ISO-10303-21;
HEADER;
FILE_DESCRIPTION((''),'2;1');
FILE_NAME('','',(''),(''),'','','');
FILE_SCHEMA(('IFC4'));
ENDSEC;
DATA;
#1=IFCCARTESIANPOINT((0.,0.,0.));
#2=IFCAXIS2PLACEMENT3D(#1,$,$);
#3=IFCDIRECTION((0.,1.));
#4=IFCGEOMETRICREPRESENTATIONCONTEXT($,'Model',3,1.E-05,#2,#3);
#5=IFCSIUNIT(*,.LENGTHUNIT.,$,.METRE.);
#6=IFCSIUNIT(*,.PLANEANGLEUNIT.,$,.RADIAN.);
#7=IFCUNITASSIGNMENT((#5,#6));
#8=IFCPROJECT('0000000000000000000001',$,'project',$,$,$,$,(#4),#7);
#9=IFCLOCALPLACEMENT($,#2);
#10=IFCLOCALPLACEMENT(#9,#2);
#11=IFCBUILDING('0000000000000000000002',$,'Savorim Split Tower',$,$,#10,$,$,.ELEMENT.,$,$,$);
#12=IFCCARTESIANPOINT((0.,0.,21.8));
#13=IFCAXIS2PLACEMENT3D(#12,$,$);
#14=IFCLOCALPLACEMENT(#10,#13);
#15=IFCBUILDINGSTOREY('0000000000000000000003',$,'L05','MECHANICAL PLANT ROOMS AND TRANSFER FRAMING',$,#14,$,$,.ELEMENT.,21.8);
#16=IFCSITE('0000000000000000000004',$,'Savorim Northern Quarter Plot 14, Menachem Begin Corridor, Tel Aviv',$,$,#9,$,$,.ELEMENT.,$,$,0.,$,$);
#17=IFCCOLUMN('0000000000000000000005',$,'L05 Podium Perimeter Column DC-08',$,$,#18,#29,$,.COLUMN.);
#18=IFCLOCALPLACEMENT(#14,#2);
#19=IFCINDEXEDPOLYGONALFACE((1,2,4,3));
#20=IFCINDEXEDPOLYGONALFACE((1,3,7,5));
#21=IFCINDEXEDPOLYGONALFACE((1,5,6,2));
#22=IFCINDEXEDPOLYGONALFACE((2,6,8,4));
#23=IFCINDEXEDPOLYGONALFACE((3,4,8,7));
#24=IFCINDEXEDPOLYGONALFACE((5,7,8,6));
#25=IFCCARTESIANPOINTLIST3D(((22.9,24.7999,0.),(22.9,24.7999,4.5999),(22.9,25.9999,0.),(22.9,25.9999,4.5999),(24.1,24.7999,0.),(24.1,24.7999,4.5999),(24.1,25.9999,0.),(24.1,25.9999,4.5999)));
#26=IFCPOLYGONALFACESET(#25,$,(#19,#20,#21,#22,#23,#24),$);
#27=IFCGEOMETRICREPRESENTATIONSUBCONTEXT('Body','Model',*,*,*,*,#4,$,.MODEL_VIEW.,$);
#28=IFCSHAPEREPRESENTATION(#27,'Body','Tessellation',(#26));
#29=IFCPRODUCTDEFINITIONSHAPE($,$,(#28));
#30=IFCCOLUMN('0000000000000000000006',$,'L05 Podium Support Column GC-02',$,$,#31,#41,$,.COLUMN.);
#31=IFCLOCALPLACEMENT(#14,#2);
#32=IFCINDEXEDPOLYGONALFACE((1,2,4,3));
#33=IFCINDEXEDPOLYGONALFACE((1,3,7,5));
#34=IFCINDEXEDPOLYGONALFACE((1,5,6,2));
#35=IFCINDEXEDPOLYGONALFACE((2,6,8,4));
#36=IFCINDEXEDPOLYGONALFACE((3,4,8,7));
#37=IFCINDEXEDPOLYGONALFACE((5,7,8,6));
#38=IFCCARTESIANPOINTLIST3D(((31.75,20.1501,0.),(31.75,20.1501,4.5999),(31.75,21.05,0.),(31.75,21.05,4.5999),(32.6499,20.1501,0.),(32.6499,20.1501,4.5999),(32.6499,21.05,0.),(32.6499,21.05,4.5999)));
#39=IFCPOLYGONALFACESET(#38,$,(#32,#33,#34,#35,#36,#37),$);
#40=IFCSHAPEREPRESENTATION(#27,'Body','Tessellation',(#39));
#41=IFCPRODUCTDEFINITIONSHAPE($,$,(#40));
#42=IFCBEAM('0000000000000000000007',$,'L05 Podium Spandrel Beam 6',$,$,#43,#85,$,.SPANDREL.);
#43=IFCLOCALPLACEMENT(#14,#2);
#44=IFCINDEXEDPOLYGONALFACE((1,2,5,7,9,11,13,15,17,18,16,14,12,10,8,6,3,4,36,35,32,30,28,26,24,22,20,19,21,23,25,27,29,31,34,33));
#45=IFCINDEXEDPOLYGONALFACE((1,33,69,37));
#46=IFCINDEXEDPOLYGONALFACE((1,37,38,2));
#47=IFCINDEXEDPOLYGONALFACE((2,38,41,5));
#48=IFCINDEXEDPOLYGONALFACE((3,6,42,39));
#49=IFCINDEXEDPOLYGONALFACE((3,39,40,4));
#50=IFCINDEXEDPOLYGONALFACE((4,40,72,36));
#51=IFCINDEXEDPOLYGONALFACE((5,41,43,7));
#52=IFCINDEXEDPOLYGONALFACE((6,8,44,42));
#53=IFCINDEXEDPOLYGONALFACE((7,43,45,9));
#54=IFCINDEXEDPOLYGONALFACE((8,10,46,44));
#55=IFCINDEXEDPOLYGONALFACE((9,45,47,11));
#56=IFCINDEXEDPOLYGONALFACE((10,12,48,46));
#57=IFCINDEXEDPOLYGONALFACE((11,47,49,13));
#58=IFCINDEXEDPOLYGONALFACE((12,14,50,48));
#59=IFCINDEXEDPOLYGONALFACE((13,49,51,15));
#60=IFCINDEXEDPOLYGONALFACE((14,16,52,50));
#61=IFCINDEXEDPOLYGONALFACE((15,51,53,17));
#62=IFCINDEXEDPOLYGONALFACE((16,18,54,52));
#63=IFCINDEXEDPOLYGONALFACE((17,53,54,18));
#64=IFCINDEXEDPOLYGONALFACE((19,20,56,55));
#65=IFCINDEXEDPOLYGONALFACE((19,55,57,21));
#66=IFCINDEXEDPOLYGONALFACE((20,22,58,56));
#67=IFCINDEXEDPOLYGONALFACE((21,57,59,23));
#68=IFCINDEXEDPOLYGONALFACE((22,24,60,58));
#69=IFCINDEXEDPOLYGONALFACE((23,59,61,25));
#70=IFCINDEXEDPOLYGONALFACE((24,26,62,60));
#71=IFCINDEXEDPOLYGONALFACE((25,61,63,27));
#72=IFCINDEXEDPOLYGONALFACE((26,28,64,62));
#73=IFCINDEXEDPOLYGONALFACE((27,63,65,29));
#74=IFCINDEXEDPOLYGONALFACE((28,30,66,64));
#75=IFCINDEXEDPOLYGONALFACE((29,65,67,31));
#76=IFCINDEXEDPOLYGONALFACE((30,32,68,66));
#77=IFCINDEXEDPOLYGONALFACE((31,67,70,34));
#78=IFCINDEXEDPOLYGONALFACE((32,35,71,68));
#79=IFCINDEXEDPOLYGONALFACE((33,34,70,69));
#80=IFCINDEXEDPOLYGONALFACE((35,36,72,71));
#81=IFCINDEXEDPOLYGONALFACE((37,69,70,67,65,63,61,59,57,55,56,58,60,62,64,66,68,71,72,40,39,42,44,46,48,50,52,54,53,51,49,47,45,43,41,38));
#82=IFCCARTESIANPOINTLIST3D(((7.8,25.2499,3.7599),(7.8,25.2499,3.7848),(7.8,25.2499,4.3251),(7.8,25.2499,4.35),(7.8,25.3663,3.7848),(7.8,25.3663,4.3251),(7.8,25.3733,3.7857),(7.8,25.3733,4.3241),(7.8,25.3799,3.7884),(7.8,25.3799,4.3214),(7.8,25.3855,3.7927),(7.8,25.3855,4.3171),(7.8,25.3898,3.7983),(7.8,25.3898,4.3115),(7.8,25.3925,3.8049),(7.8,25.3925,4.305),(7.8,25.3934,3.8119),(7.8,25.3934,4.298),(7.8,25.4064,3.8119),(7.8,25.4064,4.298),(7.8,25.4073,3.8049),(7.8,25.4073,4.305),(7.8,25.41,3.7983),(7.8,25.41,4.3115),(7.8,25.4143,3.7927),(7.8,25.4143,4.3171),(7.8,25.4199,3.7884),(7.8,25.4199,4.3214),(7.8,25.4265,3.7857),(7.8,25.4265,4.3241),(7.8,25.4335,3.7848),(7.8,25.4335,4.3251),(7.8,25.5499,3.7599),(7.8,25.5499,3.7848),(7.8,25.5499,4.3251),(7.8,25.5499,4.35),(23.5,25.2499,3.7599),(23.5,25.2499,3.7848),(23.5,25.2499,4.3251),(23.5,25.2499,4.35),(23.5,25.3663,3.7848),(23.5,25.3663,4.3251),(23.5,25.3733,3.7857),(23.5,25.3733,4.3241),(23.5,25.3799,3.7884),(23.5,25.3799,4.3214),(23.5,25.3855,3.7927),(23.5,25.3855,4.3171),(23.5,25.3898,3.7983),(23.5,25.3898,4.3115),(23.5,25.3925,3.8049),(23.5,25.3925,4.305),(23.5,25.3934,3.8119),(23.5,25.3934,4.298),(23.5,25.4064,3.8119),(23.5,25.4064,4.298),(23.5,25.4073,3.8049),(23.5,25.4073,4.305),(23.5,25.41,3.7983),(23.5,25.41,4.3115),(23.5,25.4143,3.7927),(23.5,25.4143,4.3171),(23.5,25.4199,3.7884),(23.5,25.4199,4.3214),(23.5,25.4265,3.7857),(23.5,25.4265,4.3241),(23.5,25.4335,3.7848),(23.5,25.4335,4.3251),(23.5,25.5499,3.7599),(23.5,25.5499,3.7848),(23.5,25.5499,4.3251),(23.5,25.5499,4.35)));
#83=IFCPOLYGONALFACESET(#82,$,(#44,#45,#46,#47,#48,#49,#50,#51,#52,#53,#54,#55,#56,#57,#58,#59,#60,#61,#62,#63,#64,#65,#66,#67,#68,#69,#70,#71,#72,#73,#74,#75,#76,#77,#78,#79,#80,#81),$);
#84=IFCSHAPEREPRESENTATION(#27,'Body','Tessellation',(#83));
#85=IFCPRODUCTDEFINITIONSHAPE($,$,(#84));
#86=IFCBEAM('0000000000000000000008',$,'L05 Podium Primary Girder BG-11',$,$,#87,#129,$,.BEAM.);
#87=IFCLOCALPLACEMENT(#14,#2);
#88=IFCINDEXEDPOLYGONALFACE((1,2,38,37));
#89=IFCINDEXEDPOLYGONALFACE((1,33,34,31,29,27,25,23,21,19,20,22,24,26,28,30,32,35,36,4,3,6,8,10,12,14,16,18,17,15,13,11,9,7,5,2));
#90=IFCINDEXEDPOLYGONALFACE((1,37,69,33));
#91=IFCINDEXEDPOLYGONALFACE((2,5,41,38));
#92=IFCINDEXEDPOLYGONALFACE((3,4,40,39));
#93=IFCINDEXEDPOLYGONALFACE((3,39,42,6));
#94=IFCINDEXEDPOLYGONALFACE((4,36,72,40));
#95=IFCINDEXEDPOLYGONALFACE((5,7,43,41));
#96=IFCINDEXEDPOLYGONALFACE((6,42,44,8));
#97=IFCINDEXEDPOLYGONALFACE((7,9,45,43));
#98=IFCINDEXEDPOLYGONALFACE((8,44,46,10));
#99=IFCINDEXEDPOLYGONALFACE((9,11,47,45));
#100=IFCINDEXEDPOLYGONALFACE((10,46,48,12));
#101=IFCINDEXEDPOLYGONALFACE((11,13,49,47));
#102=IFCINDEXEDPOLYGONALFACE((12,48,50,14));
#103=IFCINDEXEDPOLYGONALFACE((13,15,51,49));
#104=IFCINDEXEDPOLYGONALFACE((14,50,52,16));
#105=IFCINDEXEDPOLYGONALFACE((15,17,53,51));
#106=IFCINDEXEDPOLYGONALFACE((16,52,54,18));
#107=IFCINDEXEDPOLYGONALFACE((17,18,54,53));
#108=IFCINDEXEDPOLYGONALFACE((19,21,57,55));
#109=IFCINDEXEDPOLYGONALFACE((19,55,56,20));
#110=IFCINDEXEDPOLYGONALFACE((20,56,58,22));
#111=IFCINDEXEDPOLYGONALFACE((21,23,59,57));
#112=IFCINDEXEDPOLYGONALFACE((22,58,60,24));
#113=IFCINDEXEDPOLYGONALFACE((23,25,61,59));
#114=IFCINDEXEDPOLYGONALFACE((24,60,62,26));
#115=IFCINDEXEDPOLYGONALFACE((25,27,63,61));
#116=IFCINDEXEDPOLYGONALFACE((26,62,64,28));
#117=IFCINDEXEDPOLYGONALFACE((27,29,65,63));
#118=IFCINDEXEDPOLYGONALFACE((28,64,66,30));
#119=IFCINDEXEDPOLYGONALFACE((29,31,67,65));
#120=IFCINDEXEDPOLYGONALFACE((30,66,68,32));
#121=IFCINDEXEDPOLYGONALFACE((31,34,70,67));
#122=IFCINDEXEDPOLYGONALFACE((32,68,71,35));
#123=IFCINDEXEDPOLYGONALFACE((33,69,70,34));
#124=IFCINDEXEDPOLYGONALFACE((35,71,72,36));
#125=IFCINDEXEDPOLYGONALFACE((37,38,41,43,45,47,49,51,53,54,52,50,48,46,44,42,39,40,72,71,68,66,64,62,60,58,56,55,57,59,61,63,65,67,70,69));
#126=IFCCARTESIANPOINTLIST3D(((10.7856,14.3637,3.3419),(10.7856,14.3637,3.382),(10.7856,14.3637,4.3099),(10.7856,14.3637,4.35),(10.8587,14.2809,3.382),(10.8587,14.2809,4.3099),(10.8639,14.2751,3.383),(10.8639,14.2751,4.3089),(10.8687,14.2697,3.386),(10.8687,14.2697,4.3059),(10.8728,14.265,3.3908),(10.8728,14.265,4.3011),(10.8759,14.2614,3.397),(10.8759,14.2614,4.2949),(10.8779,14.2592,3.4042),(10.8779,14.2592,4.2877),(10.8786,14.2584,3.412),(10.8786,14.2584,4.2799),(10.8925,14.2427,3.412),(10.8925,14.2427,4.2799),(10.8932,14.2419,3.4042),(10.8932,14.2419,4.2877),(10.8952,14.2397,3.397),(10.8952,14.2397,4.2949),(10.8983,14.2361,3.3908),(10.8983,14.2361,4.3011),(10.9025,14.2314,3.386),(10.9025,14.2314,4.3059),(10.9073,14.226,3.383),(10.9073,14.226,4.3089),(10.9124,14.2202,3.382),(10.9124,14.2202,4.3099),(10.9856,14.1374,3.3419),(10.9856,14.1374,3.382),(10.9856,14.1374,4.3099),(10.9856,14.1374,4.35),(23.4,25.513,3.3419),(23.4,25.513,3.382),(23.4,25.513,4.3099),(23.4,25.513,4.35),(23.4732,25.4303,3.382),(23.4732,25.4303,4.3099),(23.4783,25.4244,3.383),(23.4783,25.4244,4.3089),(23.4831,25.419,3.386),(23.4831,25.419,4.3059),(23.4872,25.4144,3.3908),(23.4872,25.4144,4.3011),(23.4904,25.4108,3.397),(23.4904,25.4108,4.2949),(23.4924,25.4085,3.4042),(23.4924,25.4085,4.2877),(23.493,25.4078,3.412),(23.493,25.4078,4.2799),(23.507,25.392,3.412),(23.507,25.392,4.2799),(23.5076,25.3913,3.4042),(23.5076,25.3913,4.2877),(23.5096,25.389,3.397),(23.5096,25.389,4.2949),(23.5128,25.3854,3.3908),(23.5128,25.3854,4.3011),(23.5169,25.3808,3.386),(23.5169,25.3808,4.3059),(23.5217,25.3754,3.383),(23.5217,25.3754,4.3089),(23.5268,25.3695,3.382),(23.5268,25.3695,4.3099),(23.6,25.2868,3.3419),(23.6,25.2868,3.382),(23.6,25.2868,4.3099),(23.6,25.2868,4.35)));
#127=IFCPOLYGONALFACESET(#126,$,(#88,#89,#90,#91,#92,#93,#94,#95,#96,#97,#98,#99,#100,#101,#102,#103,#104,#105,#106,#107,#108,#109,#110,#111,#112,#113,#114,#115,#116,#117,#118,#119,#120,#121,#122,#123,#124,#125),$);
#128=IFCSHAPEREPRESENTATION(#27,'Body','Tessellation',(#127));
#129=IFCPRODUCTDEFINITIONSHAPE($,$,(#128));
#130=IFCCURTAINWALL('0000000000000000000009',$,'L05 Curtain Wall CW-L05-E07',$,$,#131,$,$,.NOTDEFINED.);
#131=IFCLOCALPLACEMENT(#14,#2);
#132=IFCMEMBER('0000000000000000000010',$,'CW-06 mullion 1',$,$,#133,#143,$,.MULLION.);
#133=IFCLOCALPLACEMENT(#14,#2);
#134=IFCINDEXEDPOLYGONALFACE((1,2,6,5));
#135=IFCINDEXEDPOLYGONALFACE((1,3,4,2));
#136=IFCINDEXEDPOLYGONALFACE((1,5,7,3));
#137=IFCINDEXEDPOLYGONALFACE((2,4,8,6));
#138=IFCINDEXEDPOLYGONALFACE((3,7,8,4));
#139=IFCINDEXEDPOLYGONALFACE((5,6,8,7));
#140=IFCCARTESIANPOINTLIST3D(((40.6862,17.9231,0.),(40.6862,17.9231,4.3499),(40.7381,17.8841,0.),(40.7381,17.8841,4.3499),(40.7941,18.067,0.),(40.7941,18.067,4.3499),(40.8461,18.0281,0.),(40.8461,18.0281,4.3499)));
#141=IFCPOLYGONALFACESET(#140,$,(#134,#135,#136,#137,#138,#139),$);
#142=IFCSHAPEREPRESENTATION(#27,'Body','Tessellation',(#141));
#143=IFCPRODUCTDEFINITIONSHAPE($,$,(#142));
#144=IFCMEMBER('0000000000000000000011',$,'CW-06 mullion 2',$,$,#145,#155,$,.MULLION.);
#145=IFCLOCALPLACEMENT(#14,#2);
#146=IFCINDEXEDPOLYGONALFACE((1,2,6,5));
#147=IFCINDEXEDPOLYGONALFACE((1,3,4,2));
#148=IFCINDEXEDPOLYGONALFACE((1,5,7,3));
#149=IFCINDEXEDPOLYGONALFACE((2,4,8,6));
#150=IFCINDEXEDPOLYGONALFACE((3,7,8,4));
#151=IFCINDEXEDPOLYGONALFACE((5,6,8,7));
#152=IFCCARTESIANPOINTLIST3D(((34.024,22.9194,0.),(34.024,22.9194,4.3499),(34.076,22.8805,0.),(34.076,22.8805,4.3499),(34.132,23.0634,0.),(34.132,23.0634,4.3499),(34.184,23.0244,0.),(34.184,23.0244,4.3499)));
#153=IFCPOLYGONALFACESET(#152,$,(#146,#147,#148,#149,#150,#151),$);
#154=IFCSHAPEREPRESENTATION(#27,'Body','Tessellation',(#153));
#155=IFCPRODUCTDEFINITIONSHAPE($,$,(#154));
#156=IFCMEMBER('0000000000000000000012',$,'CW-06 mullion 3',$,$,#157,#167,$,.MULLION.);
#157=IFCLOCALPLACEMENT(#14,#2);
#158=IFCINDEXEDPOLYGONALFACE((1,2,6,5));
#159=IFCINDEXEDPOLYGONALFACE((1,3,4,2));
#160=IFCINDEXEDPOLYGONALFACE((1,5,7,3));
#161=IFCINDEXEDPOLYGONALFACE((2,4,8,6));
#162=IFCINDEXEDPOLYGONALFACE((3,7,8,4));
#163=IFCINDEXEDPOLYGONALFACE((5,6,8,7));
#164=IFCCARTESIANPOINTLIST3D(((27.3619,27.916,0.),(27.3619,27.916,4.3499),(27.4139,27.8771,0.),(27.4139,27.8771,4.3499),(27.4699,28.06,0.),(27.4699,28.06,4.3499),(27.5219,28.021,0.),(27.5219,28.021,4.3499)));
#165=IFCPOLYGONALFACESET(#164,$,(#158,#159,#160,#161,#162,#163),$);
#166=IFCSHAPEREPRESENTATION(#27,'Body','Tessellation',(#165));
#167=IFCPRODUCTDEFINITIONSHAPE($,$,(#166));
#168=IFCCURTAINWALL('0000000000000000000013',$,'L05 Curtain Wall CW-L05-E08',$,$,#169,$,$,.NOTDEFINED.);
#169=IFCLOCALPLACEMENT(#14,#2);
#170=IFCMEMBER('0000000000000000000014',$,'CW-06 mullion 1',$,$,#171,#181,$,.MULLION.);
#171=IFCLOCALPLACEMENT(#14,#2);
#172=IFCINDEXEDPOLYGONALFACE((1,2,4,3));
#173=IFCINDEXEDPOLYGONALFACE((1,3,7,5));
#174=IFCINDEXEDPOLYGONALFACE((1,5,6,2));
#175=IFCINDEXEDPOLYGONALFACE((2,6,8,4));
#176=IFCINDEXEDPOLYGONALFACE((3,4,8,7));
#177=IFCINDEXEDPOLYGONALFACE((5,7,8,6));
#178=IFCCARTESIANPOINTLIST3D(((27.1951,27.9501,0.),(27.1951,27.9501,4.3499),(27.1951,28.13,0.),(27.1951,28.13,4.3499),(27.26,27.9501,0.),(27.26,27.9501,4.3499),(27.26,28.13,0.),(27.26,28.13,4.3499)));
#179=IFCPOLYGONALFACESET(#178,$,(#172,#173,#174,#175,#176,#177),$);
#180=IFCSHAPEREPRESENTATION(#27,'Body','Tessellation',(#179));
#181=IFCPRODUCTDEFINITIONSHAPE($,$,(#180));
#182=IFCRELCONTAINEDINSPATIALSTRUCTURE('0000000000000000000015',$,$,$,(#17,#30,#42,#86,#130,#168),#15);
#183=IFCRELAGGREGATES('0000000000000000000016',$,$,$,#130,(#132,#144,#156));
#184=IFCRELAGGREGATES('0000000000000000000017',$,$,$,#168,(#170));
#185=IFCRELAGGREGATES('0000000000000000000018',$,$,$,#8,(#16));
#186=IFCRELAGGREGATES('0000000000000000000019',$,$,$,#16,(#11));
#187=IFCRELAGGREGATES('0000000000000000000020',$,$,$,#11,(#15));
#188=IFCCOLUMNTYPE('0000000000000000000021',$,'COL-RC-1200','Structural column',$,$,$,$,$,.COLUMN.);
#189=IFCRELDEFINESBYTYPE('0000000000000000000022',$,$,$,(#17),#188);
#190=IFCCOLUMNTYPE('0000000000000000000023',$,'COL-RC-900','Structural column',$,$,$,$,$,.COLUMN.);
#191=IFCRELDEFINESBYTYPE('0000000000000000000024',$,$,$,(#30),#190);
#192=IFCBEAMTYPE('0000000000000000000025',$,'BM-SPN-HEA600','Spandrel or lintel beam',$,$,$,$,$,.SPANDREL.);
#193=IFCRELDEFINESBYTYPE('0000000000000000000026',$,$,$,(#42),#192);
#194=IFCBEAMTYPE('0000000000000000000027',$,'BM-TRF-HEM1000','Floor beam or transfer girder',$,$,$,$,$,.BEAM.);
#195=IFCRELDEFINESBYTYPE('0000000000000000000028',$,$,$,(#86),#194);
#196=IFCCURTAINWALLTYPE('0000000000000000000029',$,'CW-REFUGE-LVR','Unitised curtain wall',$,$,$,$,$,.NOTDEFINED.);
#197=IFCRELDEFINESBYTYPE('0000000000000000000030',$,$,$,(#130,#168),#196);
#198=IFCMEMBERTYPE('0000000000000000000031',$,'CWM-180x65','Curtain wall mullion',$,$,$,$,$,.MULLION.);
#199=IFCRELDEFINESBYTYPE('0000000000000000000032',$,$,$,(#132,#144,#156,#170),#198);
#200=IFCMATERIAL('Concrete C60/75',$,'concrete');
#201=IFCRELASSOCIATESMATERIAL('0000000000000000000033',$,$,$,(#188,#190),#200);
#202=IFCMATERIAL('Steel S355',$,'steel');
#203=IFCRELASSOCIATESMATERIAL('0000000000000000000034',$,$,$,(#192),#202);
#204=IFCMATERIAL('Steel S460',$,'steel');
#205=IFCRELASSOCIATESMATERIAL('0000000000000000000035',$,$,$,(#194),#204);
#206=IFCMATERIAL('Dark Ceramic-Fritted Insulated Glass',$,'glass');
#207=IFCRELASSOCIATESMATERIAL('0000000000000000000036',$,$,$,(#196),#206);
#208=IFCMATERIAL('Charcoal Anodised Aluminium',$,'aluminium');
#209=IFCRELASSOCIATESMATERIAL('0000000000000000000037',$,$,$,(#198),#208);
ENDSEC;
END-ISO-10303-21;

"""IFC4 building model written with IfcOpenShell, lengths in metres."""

from ifc_helpers import new_model, si_unit, direction, frame, origin, origin_2d, place, context, subcontext, project, spatial, rectangle, i_section, extrude, material, material_profile, profile_set, type_object, element, aggregate, save


model = new_model("IFC4")

# Units and contexts
model_context = context("Model", 3, precision=1e-05, world=origin(), true_north=direction((0.0, 1.0)))
body_context = subcontext(model_context, "Body", "Model", "MODEL_VIEW")
ifc_project = project(units=[si_unit("LENGTHUNIT", "METRE"), si_unit("PLANEANGLEUNIT", "RADIAN")], contexts=[model_context])

# Site, building, storey
site_placement = place(None, origin())
site = spatial("IfcSite", under=ifc_project, at=site_placement, Name="Savorim Northern Quarter Plot 14, Menachem Begin Corridor, Tel Aviv", CompositionType="ELEMENT", RefElevation=0.0)
building_placement = place(site_placement, origin())
building = spatial("IfcBuilding", under=site, at=building_placement, Name="Savorim Split Tower", CompositionType="ELEMENT")
storey_placement = place(building_placement, frame((0.0, 0.0, 21.8)))
storey = spatial("IfcBuildingStorey", under=building, at=storey_placement, Name="L05", Description="MECHANICAL PLANT ROOMS AND TRANSFER FRAMING", CompositionType="ELEMENT", Elevation=21.8)

# Columns
ifc_material_1 = material(Name="Concrete C60/75", Category="concrete")
ifc_material_profile_1 = material_profile(ifc_material_1, rectangle(XDim=1.2, YDim=1.2, at=origin_2d()), Name="RC 1200x1200")
ifc_profile_set_1 = profile_set([ifc_material_profile_1], Name="Concrete C60/75")
column_type_1 = type_object("IfcColumnType", Name="COL-RC-1200", Description="Structural column", PredefinedType="COLUMN", material=ifc_profile_set_1)
column_1_placement = place(storey_placement, frame((23.5, 25.3999, 0.0), z_axis=(0.0, 0.0, 1.0), x_axis=(1.0, 0.0, 0.0)))
element("IfcColumn", 1, at=column_1_placement, inside=storey, type_object=column_type_1, Name="L05 Podium Perimeter Column DC-08", PredefinedType="COLUMN", context=body_context, shape_type="SweptSolid", body=[
    extrude(rectangle(XDim=1.2, YDim=1.2, at=origin_2d()), origin(), (0.0, 0.0, 1.0), 4.5999),
])
ifc_material_profile_2 = material_profile(ifc_material_1, rectangle(XDim=0.8999, YDim=0.8999, at=origin_2d()), Name="RC 900x900")
ifc_profile_set_2 = profile_set([ifc_material_profile_2], Name="Concrete C60/75")
column_type_2 = type_object("IfcColumnType", Name="COL-RC-900", Description="Structural column", PredefinedType="COLUMN", material=ifc_profile_set_2)
column_2_placement = place(storey_placement, frame((32.2, 20.6001, 0.0), z_axis=(0.0, 0.0, 1.0), x_axis=(1.0, 0.0, 0.0)))
element("IfcColumn", 2, at=column_2_placement, inside=storey, type_object=column_type_2, Name="L05 Podium Support Column GC-02", PredefinedType="COLUMN", context=body_context, shape_type="SweptSolid", body=[
    extrude(rectangle(XDim=0.8999, YDim=0.8999, at=origin_2d()), origin(), (0.0, 0.0, 1.0), 4.5999),
])

# Beams
ifc_material_2 = material(Name="Steel S355", Category="steel")
ifc_material_profile_3 = material_profile(ifc_material_2, i_section(OverallWidth=0.3, OverallDepth=0.5901, WebThickness=0.0129, FlangeThickness=0.0249, FilletRadius=0.0271, at=origin_2d()), Name="HEA 600")
ifc_profile_set_3 = profile_set([ifc_material_profile_3], Name="Steel S355")
beam_type_1 = type_object("IfcBeamType", Name="BM-SPN-HEA600", Description="Spandrel or lintel beam", PredefinedType="SPANDREL", material=ifc_profile_set_3)
beam_1_placement = place(storey_placement, frame((23.5, 25.3999, 4.0549), z_axis=(-1.0, 0.0, 0.0), x_axis=(0.0, -1.0, 0.0)))
element("IfcBeam", 3, at=beam_1_placement, inside=storey, type_object=beam_type_1, Name="L05 Podium Spandrel Beam 6", PredefinedType="SPANDREL", context=body_context, shape_type="SweptSolid", body=[
    extrude(i_section(OverallWidth=0.3, OverallDepth=0.5901, WebThickness=0.0129, FlangeThickness=0.0249, FilletRadius=0.0271, at=origin_2d()), origin(), (0.0, 0.0, 1.0), 15.7),
])
ifc_material_3 = material(Name="Steel S460", Category="steel")
ifc_material_profile_4 = material_profile(ifc_material_3, i_section(OverallWidth=0.302, OverallDepth=1.0081, WebThickness=0.021, FlangeThickness=0.04, FilletRadius=0.03, at=origin_2d()), Name="HE 1000 M")
ifc_profile_set_4 = profile_set([ifc_material_profile_4], Name="Steel S460")
beam_type_2 = type_object("IfcBeamType", Name="BM-TRF-HEM1000", Description="Floor beam or transfer girder", PredefinedType="BEAM", material=ifc_profile_set_4)
beam_2_placement = place(storey_placement, frame((23.5, 25.3999, 3.8459), z_axis=(-0.749279, -0.662255, 0.0), x_axis=(0.662255, -0.749279, 0.0)))
element("IfcBeam", 4, at=beam_2_placement, inside=storey, type_object=beam_type_2, Name="L05 Podium Primary Girder BG-11", PredefinedType="BEAM", context=body_context, shape_type="SweptSolid", body=[
    extrude(i_section(OverallWidth=0.302, OverallDepth=1.0081, WebThickness=0.021, FlangeThickness=0.04, FilletRadius=0.03, at=origin_2d()), origin(), (0.0, 0.0, 1.0), 16.8354),
])

# Curtain walls, members
ifc_material_4 = material(Name="Dark Ceramic-Fritted Insulated Glass", Category="glass")
curtain_wall_type = type_object("IfcCurtainWallType", Name="CW-REFUGE-LVR", Description="Unitised curtain wall", PredefinedType="NOTDEFINED", material=ifc_material_4)
curtain_wall_1_placement = place(storey_placement, origin())
curtain_wall_1 = element("IfcCurtainWall", 5, at=curtain_wall_1_placement, inside=storey, type_object=curtain_wall_type, Name="L05 Curtain Wall CW-L05-E07", PredefinedType="NOTDEFINED")
ifc_material_5 = material(Name="Charcoal Anodised Aluminium", Category="aluminium")
ifc_material_profile_5 = material_profile(ifc_material_5, rectangle(XDim=0.1799, YDim=0.0649, at=origin_2d()), Name="ALU-M 180x65")
ifc_profile_set_5 = profile_set([ifc_material_profile_5], Name="Charcoal Anodised Aluminium")
member_type_1 = type_object("IfcMemberType", Name="CWM-180x65", Description="Curtain wall mullion", PredefinedType="MULLION", material=ifc_profile_set_5)
member_1_placement = place(storey_placement, frame((40.7661, 17.9756, 0.0), z_axis=(0.0, 0.0, 1.0), x_axis=(-0.6, -0.8, 0.0)))
member_1 = element("IfcMember", 6, at=member_1_placement, type_object=member_type_1, Name="CW-06 mullion 1", PredefinedType="MULLION", context=body_context, shape_type="SweptSolid", body=[
    extrude(rectangle(XDim=0.1799, YDim=0.0649, at=origin_2d()), origin(), (0.0, 0.0, 1.0), 4.3499),
])
member_2_placement = place(storey_placement, frame((34.104, 22.9719, 0.0), z_axis=(0.0, 0.0, 1.0), x_axis=(-0.6, -0.8, 0.0)))
member_2 = element("IfcMember", 7, at=member_2_placement, type_object=member_type_1, Name="CW-06 mullion 2", PredefinedType="MULLION", context=body_context, shape_type="SweptSolid", body=[
    extrude(rectangle(XDim=0.1799, YDim=0.0649, at=origin_2d()), origin(), (0.0, 0.0, 1.0), 4.3499),
])
member_3_placement = place(storey_placement, frame((27.4419, 27.9685, 0.0), z_axis=(0.0, 0.0, 1.0), x_axis=(-0.6, -0.8, 0.0)))
member_3 = element("IfcMember", 8, at=member_3_placement, type_object=member_type_1, Name="CW-06 mullion 3", PredefinedType="MULLION", context=body_context, shape_type="SweptSolid", body=[
    extrude(rectangle(XDim=0.1799, YDim=0.0649, at=origin_2d()), origin(), (0.0, 0.0, 1.0), 4.3499),
])
curtain_wall_2_placement = place(storey_placement, origin())
curtain_wall_2 = element("IfcCurtainWall", 9, at=curtain_wall_2_placement, inside=storey, type_object=curtain_wall_type, Name="L05 Curtain Wall CW-L05-E08", PredefinedType="NOTDEFINED")
member_4_placement = place(storey_placement, frame((27.2275, 28.04, 0.0), z_axis=(0.0, 0.0, 1.0), x_axis=(0.0, -1.0, 0.0)))
member_4 = element("IfcMember", 10, at=member_4_placement, type_object=member_type_1, Name="CW-06 mullion 1", PredefinedType="MULLION", context=body_context, shape_type="SweptSolid", body=[
    extrude(rectangle(XDim=0.1799, YDim=0.0649, at=origin_2d()), origin(), (0.0, 0.0, 1.0), 4.3499),
])

aggregate(curtain_wall_1, [member_1, member_2, member_3])
aggregate(curtain_wall_2, [member_4])

save(model, "model.ifc")
